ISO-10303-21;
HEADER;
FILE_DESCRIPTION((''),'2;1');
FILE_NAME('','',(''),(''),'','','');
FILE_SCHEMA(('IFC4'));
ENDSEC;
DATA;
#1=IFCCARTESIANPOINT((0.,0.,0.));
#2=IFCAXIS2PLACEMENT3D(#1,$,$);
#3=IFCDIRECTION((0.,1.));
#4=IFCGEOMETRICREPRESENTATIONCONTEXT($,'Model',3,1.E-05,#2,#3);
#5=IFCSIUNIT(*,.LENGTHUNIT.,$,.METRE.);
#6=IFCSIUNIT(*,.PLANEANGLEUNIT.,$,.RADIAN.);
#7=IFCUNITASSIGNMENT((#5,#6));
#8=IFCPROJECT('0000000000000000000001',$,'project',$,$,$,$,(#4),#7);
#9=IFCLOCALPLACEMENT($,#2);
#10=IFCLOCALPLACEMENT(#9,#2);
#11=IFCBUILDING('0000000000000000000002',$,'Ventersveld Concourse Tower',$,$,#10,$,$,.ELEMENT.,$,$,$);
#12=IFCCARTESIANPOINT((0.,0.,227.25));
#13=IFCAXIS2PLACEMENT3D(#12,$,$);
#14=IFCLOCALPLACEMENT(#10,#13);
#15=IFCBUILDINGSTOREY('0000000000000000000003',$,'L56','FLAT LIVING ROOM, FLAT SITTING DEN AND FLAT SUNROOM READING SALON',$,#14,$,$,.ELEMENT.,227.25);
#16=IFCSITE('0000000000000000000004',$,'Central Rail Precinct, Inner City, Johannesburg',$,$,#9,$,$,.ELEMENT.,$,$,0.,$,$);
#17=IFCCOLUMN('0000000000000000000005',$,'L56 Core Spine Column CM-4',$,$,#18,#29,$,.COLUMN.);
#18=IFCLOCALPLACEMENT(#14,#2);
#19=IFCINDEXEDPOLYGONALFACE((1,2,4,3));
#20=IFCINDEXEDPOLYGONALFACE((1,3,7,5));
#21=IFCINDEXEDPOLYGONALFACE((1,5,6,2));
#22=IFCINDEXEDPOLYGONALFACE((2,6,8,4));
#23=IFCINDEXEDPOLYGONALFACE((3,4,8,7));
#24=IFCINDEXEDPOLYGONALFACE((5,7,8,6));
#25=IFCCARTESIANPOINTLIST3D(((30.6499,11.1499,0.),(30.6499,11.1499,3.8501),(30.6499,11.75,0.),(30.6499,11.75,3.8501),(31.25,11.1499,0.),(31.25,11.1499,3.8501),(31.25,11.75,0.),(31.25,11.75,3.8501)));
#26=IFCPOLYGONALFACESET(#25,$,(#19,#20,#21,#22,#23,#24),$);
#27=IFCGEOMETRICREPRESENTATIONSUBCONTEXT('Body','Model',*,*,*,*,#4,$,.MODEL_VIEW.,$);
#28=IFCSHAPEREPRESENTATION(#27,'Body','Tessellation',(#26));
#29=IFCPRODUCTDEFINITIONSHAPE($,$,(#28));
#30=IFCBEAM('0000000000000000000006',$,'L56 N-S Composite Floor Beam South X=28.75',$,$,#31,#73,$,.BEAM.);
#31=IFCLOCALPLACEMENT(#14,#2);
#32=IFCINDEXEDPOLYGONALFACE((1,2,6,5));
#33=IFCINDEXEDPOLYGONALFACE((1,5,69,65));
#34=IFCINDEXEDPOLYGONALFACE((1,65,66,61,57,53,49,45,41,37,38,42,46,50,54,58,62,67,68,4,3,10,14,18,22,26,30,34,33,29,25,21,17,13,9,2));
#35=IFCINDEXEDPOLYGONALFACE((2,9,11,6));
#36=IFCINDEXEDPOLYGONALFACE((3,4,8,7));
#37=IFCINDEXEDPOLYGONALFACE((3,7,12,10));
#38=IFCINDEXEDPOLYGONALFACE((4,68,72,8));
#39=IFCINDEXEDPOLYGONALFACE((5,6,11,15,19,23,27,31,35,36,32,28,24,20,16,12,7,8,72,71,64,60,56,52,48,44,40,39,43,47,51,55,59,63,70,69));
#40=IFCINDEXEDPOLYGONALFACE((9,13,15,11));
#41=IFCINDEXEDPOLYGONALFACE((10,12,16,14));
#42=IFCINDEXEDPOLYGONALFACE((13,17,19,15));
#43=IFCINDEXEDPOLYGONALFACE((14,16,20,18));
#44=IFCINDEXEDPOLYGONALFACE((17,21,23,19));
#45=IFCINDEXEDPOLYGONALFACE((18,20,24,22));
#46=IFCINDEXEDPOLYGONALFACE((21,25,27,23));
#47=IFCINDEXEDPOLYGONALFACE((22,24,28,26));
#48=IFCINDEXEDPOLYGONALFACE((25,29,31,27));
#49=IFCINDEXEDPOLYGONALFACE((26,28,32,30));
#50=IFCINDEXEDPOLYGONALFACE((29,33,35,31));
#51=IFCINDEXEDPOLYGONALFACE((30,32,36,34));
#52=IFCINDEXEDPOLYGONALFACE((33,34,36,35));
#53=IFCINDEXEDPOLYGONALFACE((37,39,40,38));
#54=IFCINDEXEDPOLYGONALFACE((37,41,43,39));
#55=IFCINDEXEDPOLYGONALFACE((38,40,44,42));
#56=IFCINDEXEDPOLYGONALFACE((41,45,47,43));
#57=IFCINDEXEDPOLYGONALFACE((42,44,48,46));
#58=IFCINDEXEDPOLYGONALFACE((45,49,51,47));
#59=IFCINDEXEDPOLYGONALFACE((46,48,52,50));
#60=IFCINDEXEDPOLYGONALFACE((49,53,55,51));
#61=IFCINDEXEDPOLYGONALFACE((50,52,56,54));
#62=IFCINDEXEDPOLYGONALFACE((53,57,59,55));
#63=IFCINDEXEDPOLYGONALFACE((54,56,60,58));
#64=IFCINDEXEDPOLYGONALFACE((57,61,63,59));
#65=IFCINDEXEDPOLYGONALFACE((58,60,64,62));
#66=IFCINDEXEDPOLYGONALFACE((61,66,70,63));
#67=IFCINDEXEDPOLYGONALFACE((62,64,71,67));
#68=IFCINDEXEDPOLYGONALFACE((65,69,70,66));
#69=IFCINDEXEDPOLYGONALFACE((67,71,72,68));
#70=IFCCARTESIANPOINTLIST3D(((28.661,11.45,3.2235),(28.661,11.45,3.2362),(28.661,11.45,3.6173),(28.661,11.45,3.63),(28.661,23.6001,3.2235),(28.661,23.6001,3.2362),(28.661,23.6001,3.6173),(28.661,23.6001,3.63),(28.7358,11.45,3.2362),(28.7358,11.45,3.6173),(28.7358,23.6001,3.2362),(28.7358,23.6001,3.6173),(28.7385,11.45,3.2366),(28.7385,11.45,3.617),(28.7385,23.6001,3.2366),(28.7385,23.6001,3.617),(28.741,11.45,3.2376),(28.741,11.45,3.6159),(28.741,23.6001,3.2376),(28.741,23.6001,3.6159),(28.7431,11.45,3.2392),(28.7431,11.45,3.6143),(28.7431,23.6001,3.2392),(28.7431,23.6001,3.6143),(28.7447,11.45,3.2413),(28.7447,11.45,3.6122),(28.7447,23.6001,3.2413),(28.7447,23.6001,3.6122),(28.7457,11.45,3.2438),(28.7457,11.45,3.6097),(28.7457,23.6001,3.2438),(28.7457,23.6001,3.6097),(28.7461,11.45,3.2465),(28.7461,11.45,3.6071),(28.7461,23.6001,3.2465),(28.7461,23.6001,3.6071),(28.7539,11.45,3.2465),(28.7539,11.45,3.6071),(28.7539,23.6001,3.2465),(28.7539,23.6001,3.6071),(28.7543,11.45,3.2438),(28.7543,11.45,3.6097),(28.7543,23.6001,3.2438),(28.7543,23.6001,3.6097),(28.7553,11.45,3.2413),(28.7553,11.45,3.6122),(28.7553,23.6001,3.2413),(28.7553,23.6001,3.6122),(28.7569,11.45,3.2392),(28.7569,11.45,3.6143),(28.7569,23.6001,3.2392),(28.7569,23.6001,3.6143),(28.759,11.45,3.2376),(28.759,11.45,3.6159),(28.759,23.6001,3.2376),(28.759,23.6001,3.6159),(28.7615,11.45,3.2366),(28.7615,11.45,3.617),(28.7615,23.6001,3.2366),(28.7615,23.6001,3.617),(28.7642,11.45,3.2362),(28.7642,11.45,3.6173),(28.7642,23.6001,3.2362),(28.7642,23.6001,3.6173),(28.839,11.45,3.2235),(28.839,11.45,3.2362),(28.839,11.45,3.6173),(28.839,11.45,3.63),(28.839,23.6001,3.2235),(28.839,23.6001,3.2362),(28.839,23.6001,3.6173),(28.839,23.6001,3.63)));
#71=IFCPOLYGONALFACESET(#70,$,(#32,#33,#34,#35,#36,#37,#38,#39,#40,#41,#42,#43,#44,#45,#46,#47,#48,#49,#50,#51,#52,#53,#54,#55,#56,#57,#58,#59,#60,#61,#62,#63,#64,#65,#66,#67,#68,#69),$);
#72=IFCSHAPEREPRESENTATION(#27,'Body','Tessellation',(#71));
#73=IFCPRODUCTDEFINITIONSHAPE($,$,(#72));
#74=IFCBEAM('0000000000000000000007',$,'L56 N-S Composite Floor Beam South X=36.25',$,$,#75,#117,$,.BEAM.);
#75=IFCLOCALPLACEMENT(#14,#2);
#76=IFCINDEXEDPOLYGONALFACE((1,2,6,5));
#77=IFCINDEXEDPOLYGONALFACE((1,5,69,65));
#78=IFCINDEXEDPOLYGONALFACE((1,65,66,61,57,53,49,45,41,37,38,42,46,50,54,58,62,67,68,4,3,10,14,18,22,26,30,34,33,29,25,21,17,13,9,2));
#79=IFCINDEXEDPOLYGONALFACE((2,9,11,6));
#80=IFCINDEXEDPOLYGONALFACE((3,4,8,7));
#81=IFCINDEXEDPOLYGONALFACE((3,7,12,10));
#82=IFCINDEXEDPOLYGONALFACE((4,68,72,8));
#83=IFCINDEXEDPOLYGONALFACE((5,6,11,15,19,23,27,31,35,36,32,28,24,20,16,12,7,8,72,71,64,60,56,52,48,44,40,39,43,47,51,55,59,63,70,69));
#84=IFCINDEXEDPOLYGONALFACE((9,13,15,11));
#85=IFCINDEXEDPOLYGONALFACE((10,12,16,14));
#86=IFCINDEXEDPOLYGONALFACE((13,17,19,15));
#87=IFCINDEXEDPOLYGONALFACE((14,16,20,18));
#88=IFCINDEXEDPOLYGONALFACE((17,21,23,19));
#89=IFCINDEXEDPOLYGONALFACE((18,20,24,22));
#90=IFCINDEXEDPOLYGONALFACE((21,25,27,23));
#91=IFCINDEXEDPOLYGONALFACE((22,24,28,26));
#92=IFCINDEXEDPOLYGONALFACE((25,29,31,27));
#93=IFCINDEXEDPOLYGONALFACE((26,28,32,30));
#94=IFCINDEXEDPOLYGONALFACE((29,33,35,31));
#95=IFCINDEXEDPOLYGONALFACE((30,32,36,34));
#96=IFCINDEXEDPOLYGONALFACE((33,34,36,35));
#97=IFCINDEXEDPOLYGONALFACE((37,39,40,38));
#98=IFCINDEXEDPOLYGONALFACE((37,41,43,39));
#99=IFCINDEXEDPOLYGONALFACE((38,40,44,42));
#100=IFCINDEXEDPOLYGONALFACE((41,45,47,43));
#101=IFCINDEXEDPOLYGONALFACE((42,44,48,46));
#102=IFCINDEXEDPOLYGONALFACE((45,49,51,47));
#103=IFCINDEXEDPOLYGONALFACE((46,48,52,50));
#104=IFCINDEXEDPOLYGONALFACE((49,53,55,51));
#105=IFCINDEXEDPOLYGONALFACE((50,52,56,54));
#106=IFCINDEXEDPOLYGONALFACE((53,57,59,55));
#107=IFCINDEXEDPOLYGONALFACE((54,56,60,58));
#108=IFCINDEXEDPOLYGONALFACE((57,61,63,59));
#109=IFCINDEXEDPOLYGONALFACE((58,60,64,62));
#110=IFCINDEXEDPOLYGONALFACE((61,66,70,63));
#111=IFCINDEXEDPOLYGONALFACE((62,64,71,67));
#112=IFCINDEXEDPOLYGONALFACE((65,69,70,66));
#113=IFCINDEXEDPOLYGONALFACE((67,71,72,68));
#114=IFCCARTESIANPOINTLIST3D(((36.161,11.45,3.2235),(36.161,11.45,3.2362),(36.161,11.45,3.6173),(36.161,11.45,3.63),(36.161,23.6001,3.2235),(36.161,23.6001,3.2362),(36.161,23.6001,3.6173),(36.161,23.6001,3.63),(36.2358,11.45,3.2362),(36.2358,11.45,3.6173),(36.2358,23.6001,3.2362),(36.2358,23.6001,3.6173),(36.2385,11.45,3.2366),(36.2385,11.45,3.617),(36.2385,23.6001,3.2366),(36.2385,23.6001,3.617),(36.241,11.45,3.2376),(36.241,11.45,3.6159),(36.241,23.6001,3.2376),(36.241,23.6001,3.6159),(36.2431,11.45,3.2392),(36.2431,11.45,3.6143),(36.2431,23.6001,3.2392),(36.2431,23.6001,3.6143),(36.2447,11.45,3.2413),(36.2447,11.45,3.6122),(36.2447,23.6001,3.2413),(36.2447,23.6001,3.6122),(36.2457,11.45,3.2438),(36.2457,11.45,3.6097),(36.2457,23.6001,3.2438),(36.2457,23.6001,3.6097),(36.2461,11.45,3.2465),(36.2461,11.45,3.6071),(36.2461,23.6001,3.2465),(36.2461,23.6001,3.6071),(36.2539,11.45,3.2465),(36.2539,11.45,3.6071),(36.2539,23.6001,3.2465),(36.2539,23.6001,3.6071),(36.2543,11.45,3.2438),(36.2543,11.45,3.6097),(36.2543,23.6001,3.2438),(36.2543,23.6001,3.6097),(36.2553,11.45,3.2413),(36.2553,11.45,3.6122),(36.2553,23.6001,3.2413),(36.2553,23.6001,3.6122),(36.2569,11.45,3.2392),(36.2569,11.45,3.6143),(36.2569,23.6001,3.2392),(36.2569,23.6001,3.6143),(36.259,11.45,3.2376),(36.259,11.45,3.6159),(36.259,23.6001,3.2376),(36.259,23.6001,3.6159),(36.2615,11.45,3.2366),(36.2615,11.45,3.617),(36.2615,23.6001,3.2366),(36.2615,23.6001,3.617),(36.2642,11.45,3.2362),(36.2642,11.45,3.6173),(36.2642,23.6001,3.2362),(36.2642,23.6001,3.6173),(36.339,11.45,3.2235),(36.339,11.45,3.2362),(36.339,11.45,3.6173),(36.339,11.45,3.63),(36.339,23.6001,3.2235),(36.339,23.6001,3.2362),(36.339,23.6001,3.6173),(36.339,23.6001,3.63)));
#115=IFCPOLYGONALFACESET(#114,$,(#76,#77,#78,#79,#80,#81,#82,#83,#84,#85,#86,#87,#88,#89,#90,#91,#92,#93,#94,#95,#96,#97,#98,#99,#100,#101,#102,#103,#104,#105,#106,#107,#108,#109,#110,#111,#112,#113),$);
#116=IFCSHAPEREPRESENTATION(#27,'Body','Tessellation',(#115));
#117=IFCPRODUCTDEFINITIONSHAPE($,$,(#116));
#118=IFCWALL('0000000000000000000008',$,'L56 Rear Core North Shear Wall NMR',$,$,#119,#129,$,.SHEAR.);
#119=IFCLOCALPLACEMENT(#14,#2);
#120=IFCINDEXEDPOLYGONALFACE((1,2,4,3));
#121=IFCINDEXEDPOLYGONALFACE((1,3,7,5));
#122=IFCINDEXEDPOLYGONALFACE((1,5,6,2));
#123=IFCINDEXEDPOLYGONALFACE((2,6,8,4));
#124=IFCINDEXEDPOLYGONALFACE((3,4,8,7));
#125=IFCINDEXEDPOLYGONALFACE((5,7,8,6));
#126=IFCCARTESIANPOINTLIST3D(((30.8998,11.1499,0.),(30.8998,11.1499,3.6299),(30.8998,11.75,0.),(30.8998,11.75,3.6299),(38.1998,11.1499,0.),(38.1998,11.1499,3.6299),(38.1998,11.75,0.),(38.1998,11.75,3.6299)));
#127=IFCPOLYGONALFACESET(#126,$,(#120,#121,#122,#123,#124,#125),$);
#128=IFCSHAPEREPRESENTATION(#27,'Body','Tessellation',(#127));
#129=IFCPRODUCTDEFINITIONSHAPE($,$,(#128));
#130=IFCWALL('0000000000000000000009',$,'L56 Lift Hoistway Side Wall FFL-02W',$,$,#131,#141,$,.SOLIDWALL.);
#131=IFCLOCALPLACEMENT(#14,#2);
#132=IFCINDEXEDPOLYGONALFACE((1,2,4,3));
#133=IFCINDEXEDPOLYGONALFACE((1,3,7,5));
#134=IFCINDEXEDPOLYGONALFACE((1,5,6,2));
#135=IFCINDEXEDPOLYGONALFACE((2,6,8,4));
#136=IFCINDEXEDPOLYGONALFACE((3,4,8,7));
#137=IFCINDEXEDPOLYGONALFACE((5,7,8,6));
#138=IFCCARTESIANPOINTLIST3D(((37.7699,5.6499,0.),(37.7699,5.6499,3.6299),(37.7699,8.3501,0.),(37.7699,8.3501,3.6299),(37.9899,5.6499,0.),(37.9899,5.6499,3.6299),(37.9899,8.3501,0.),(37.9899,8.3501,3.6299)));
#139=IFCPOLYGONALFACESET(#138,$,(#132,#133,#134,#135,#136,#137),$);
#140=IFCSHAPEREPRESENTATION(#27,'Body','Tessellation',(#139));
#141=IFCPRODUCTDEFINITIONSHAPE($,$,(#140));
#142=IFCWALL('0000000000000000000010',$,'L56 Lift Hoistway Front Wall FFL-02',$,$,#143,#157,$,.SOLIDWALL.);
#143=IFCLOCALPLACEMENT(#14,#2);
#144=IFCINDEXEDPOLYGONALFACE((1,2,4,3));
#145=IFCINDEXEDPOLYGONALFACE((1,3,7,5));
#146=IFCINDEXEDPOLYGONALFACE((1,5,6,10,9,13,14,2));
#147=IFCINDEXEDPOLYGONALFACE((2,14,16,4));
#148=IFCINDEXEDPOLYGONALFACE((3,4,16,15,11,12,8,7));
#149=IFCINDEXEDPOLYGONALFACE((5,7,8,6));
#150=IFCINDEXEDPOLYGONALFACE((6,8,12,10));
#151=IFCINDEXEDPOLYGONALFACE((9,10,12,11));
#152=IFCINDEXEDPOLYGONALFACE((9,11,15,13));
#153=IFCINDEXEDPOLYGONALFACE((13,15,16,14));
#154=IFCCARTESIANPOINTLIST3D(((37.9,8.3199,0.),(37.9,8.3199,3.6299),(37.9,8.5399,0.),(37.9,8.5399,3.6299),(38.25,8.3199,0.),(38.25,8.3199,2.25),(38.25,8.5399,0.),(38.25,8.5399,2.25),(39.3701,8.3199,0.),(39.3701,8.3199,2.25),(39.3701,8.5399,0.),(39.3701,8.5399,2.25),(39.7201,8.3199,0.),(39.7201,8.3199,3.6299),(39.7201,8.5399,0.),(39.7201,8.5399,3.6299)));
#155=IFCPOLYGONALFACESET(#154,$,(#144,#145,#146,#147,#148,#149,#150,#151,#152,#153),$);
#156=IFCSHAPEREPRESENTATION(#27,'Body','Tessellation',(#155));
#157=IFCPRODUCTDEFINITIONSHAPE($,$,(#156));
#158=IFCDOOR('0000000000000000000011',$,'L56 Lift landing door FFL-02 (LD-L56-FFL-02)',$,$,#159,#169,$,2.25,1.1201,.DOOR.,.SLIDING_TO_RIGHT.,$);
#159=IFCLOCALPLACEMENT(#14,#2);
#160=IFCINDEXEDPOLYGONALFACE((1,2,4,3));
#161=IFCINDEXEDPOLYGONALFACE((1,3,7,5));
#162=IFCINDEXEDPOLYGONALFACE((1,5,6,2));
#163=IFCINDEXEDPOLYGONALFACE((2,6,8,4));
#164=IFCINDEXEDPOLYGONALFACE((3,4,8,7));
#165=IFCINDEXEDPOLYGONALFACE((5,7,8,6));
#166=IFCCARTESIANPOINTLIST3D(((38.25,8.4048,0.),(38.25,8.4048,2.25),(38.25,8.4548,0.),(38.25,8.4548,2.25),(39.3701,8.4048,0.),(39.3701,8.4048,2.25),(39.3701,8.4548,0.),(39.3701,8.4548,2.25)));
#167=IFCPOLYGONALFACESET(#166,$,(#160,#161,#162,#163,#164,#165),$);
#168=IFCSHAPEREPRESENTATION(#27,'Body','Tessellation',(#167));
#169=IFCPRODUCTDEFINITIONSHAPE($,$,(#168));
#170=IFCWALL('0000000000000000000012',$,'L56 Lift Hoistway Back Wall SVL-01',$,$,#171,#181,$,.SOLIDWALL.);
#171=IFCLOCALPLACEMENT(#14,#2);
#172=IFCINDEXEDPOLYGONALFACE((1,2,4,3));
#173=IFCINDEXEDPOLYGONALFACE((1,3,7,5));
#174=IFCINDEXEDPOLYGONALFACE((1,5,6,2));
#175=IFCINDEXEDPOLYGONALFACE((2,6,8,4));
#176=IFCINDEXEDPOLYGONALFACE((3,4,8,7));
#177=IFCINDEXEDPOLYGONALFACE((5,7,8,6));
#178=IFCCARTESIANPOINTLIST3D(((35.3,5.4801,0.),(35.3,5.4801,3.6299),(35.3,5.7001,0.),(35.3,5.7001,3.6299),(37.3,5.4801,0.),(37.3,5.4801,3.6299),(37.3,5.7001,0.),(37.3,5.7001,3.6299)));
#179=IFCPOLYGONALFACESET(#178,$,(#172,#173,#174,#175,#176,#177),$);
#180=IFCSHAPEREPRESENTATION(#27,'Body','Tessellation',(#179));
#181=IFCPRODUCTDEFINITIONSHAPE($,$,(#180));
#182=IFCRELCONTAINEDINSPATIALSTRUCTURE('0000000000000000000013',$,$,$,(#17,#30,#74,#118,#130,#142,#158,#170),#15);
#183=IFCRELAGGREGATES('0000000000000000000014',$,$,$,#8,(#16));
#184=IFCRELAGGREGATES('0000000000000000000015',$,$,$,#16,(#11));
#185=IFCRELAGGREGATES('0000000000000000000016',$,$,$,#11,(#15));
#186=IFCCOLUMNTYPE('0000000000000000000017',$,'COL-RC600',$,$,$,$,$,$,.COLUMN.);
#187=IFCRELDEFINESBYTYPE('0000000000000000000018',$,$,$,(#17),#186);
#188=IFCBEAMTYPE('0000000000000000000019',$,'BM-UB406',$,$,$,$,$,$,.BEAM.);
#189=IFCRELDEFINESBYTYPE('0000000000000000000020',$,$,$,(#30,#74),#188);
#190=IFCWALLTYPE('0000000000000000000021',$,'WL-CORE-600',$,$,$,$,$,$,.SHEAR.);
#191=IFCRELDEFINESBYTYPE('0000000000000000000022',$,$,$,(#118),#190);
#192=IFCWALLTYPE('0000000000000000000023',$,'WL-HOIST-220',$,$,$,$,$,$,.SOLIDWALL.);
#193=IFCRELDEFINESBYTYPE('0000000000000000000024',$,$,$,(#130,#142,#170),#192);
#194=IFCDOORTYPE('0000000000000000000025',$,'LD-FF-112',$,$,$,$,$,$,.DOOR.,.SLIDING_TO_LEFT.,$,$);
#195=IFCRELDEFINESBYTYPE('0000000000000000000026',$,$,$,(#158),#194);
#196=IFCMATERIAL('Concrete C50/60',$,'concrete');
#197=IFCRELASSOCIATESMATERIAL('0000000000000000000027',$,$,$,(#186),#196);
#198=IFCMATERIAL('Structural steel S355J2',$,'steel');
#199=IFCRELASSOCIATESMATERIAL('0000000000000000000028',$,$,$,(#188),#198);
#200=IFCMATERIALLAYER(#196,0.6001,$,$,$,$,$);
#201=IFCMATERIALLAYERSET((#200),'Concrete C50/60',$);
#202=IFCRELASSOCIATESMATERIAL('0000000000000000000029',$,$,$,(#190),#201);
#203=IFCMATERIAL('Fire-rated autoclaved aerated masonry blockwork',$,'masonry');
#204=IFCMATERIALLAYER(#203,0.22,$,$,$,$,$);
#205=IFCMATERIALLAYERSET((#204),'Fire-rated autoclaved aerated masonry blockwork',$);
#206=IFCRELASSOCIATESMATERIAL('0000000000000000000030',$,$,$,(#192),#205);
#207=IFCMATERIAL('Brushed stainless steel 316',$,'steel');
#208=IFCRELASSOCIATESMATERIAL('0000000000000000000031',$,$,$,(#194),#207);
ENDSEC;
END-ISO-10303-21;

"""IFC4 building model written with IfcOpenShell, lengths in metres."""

from ifc_helpers import new_model, si_unit, direction, frame, frame_2d, origin, origin_2d, place, context, subcontext, project, spatial, rectangle, i_section, extrude, material, layer, layer_set, material_profile, profile_set, type_object, element, fill, save


model = new_model("IFC4")

# Units and contexts
model_context = context("Model", 3, precision=1e-05, world=origin(), true_north=direction((0.0, 1.0)))
body_context = subcontext(model_context, "Body", "Model", "MODEL_VIEW")
ifc_project = project(units=[si_unit("LENGTHUNIT", "METRE"), si_unit("PLANEANGLEUNIT", "RADIAN")], contexts=[model_context])

# Site, building, storey
site_placement = place(None, origin())
site = spatial("IfcSite", under=ifc_project, at=site_placement, Name="Central Rail Precinct, Inner City, Johannesburg", CompositionType="ELEMENT", RefElevation=0.0)
building_placement = place(site_placement, origin())
building = spatial("IfcBuilding", under=site, at=building_placement, Name="Ventersveld Concourse Tower", CompositionType="ELEMENT")
storey_placement = place(building_placement, frame((0.0, 0.0, 227.25)))
storey = spatial("IfcBuildingStorey", under=building, at=storey_placement, Name="L56", Description="FLAT LIVING ROOM, FLAT SITTING DEN AND FLAT SUNROOM READING SALON", CompositionType="ELEMENT", Elevation=227.25)

# Column
ifc_material_1 = material(Name="Concrete C50/60", Category="concrete")
ifc_material_profile_1 = material_profile(ifc_material_1, rectangle(XDim=0.6001, YDim=0.6001, at=origin_2d()), Name="RC 600x600")
ifc_profile_set_1 = profile_set([ifc_material_profile_1], Name="Concrete C50/60")
column_type = type_object("IfcColumnType", Name="COL-RC600", PredefinedType="COLUMN", material=ifc_profile_set_1)
column_placement = place(storey_placement, frame((30.95, 11.45, 0.0), z_axis=(0.0, 0.0, 1.0), x_axis=(1.0, 0.0, 0.0)))
element("IfcColumn", 1, at=column_placement, inside=storey, type_object=column_type, Name="L56 Core Spine Column CM-4", PredefinedType="COLUMN", context=body_context, shape_type="SweptSolid", body=[
    extrude(rectangle(XDim=0.6001, YDim=0.6001, at=origin_2d()), origin(), (0.0, 0.0, 1.0), 3.8501),
])

# Beams
ifc_material_2 = material(Name="Structural steel S355J2", Category="steel")
ifc_material_profile_2 = material_profile(ifc_material_2, i_section(OverallWidth=0.178, OverallDepth=0.4065, WebThickness=0.0078, FlangeThickness=0.0127, FilletRadius=0.0103, at=origin_2d()), Name="UB 406x178x60")
ifc_profile_set_2 = profile_set([ifc_material_profile_2], Name="Structural steel S355J2")
beam_type = type_object("IfcBeamType", Name="BM-UB406", PredefinedType="BEAM", material=ifc_profile_set_2)
for number, where, z_axis, x_axis, name in (
    (2, (28.75, 11.45, 3.4268), (0.0, 1.0, 0.0), (-1.0, 0.0, 0.0), "L56 N-S Composite Floor Beam South X=28.75"),
    (3, (36.25, 11.45, 3.4268), (0.0, 1.0, 0.0), (-1.0, 0.0, 0.0), "L56 N-S Composite Floor Beam South X=36.25"),
):
    element("IfcBeam", number, at=place(storey_placement, frame(where, z_axis=z_axis, x_axis=x_axis)), inside=storey, type_object=beam_type, Name=name, PredefinedType="BEAM", context=body_context, shape_type="SweptSolid", body=[
        extrude(i_section(OverallWidth=0.178, OverallDepth=0.4065, WebThickness=0.0078, FlangeThickness=0.0127, FilletRadius=0.0103, at=origin_2d()), origin(), (0.0, 0.0, 1.0), 12.1501),
    ])

# Walls
ifc_layer_1 = layer(ifc_material_1, 0.6001)
ifc_layer_set_1 = layer_set([ifc_layer_1], Name="Concrete C50/60")
wall_type_1 = type_object("IfcWallType", Name="WL-CORE-600", PredefinedType="SHEAR", material=ifc_layer_set_1)
wall_1_placement = place(storey_placement, frame((30.8999, 11.45, 0.0), z_axis=(0.0, 0.0, 1.0), x_axis=(1.0, 0.0, 0.0)))
element("IfcWall", 4, at=wall_1_placement, inside=storey, type_object=wall_type_1, Name="L56 Rear Core North Shear Wall NMR", PredefinedType="SHEAR", context=body_context, shape_type="SweptSolid", body=[
    extrude(rectangle(XDim=7.3, YDim=0.6001, at=frame_2d((3.6499, 0.0))), origin(), (0.0, 0.0, 1.0), 3.6299),
])
ifc_material_3 = material(Name="Fire-rated autoclaved aerated masonry blockwork", Category="masonry")
ifc_layer_2 = layer(ifc_material_3, 0.22)
ifc_layer_set_2 = layer_set([ifc_layer_2], Name="Fire-rated autoclaved aerated masonry blockwork")
wall_type_2 = type_object("IfcWallType", Name="WL-HOIST-220", PredefinedType="SOLIDWALL", material=ifc_layer_set_2)
wall_2_placement = place(storey_placement, frame((37.8799, 5.6499, 0.0), z_axis=(0.0, 0.0, 1.0), x_axis=(0.0, 1.0, 0.0)))
element("IfcWall", 5, at=wall_2_placement, inside=storey, type_object=wall_type_2, Name="L56 Lift Hoistway Side Wall FFL-02W", PredefinedType="SOLIDWALL", context=body_context, shape_type="SweptSolid", body=[
    extrude(rectangle(XDim=2.7002, YDim=0.22, at=frame_2d((1.3501, 0.0))), origin(), (0.0, 0.0, 1.0), 3.6299),
])

# Wall, opening, door
wall_3_placement = place(storey_placement, frame((37.8999, 8.4299, 0.0), z_axis=(0.0, 0.0, 1.0), x_axis=(1.0, 0.0, 0.0)))
wall_3 = element("IfcWall", 6, at=wall_3_placement, inside=storey, type_object=wall_type_2, Name="L56 Lift Hoistway Front Wall FFL-02", PredefinedType="SOLIDWALL", context=body_context, shape_type="SweptSolid", body=[
    extrude(rectangle(XDim=1.8201, YDim=0.22, at=frame_2d((0.9102, 0.0))), origin(), (0.0, 0.0, 1.0), 3.6299),
])
opening_1_placement = place(wall_3_placement, frame((0.3501, 0.0, 0.0)))
opening_1 = element("IfcOpeningElement", 7, at=opening_1_placement, cuts=wall_3, PredefinedType="OPENING", context=body_context, shape_type="SweptSolid", body=[
    extrude(rectangle(XDim=1.1201, YDim=2.25, at=frame_2d((0.5601, 1.125))), frame((0.0, 0.1201, 0.0), z_axis=(0.0, -1.0, 0.0), x_axis=(1.0, 0.0, 0.0)), (0.0, 0.0, 1.0), 0.24),
])
ifc_material_4 = material(Name="Brushed stainless steel 316", Category="steel")
door_type_1 = type_object("IfcDoorType", Name="LD-FF-112", OperationType="SLIDING_TO_LEFT", PredefinedType="DOOR", material=ifc_material_4)
door_1_placement = place(opening_1_placement, origin())
door_1 = element("IfcDoor", 8, at=door_1_placement, inside=storey, type_object=door_type_1, Name="L56 Lift landing door FFL-02 (LD-L56-FFL-02)", OperationType="SLIDING_TO_RIGHT", OverallHeight=2.25, OverallWidth=1.1201, PredefinedType="DOOR", context=body_context, shape_type="SweptSolid", body=[
    extrude(rectangle(XDim=1.1201, YDim=2.25, at=frame_2d((0.5601, 1.125))), frame((0.0, 0.0249, 0.0), z_axis=(0.0, -1.0, 0.0), x_axis=(1.0, 0.0, 0.0)), (0.0, 0.0, 1.0), 0.05),
])
fill(opening_1, door_1)

# Wall
wall_4_placement = place(storey_placement, frame((35.3, 5.5901, 0.0), z_axis=(0.0, 0.0, 1.0), x_axis=(1.0, 0.0, 0.0)))
element("IfcWall", 9, at=wall_4_placement, inside=storey, type_object=wall_type_2, Name="L56 Lift Hoistway Back Wall SVL-01", PredefinedType="SOLIDWALL", context=body_context, shape_type="SweptSolid", body=[
    extrude(rectangle(XDim=2.0, YDim=0.22, at=frame_2d((1.0, 0.0))), origin(), (0.0, 0.0, 1.0), 3.6299),
])

save(model, "model.ifc")
